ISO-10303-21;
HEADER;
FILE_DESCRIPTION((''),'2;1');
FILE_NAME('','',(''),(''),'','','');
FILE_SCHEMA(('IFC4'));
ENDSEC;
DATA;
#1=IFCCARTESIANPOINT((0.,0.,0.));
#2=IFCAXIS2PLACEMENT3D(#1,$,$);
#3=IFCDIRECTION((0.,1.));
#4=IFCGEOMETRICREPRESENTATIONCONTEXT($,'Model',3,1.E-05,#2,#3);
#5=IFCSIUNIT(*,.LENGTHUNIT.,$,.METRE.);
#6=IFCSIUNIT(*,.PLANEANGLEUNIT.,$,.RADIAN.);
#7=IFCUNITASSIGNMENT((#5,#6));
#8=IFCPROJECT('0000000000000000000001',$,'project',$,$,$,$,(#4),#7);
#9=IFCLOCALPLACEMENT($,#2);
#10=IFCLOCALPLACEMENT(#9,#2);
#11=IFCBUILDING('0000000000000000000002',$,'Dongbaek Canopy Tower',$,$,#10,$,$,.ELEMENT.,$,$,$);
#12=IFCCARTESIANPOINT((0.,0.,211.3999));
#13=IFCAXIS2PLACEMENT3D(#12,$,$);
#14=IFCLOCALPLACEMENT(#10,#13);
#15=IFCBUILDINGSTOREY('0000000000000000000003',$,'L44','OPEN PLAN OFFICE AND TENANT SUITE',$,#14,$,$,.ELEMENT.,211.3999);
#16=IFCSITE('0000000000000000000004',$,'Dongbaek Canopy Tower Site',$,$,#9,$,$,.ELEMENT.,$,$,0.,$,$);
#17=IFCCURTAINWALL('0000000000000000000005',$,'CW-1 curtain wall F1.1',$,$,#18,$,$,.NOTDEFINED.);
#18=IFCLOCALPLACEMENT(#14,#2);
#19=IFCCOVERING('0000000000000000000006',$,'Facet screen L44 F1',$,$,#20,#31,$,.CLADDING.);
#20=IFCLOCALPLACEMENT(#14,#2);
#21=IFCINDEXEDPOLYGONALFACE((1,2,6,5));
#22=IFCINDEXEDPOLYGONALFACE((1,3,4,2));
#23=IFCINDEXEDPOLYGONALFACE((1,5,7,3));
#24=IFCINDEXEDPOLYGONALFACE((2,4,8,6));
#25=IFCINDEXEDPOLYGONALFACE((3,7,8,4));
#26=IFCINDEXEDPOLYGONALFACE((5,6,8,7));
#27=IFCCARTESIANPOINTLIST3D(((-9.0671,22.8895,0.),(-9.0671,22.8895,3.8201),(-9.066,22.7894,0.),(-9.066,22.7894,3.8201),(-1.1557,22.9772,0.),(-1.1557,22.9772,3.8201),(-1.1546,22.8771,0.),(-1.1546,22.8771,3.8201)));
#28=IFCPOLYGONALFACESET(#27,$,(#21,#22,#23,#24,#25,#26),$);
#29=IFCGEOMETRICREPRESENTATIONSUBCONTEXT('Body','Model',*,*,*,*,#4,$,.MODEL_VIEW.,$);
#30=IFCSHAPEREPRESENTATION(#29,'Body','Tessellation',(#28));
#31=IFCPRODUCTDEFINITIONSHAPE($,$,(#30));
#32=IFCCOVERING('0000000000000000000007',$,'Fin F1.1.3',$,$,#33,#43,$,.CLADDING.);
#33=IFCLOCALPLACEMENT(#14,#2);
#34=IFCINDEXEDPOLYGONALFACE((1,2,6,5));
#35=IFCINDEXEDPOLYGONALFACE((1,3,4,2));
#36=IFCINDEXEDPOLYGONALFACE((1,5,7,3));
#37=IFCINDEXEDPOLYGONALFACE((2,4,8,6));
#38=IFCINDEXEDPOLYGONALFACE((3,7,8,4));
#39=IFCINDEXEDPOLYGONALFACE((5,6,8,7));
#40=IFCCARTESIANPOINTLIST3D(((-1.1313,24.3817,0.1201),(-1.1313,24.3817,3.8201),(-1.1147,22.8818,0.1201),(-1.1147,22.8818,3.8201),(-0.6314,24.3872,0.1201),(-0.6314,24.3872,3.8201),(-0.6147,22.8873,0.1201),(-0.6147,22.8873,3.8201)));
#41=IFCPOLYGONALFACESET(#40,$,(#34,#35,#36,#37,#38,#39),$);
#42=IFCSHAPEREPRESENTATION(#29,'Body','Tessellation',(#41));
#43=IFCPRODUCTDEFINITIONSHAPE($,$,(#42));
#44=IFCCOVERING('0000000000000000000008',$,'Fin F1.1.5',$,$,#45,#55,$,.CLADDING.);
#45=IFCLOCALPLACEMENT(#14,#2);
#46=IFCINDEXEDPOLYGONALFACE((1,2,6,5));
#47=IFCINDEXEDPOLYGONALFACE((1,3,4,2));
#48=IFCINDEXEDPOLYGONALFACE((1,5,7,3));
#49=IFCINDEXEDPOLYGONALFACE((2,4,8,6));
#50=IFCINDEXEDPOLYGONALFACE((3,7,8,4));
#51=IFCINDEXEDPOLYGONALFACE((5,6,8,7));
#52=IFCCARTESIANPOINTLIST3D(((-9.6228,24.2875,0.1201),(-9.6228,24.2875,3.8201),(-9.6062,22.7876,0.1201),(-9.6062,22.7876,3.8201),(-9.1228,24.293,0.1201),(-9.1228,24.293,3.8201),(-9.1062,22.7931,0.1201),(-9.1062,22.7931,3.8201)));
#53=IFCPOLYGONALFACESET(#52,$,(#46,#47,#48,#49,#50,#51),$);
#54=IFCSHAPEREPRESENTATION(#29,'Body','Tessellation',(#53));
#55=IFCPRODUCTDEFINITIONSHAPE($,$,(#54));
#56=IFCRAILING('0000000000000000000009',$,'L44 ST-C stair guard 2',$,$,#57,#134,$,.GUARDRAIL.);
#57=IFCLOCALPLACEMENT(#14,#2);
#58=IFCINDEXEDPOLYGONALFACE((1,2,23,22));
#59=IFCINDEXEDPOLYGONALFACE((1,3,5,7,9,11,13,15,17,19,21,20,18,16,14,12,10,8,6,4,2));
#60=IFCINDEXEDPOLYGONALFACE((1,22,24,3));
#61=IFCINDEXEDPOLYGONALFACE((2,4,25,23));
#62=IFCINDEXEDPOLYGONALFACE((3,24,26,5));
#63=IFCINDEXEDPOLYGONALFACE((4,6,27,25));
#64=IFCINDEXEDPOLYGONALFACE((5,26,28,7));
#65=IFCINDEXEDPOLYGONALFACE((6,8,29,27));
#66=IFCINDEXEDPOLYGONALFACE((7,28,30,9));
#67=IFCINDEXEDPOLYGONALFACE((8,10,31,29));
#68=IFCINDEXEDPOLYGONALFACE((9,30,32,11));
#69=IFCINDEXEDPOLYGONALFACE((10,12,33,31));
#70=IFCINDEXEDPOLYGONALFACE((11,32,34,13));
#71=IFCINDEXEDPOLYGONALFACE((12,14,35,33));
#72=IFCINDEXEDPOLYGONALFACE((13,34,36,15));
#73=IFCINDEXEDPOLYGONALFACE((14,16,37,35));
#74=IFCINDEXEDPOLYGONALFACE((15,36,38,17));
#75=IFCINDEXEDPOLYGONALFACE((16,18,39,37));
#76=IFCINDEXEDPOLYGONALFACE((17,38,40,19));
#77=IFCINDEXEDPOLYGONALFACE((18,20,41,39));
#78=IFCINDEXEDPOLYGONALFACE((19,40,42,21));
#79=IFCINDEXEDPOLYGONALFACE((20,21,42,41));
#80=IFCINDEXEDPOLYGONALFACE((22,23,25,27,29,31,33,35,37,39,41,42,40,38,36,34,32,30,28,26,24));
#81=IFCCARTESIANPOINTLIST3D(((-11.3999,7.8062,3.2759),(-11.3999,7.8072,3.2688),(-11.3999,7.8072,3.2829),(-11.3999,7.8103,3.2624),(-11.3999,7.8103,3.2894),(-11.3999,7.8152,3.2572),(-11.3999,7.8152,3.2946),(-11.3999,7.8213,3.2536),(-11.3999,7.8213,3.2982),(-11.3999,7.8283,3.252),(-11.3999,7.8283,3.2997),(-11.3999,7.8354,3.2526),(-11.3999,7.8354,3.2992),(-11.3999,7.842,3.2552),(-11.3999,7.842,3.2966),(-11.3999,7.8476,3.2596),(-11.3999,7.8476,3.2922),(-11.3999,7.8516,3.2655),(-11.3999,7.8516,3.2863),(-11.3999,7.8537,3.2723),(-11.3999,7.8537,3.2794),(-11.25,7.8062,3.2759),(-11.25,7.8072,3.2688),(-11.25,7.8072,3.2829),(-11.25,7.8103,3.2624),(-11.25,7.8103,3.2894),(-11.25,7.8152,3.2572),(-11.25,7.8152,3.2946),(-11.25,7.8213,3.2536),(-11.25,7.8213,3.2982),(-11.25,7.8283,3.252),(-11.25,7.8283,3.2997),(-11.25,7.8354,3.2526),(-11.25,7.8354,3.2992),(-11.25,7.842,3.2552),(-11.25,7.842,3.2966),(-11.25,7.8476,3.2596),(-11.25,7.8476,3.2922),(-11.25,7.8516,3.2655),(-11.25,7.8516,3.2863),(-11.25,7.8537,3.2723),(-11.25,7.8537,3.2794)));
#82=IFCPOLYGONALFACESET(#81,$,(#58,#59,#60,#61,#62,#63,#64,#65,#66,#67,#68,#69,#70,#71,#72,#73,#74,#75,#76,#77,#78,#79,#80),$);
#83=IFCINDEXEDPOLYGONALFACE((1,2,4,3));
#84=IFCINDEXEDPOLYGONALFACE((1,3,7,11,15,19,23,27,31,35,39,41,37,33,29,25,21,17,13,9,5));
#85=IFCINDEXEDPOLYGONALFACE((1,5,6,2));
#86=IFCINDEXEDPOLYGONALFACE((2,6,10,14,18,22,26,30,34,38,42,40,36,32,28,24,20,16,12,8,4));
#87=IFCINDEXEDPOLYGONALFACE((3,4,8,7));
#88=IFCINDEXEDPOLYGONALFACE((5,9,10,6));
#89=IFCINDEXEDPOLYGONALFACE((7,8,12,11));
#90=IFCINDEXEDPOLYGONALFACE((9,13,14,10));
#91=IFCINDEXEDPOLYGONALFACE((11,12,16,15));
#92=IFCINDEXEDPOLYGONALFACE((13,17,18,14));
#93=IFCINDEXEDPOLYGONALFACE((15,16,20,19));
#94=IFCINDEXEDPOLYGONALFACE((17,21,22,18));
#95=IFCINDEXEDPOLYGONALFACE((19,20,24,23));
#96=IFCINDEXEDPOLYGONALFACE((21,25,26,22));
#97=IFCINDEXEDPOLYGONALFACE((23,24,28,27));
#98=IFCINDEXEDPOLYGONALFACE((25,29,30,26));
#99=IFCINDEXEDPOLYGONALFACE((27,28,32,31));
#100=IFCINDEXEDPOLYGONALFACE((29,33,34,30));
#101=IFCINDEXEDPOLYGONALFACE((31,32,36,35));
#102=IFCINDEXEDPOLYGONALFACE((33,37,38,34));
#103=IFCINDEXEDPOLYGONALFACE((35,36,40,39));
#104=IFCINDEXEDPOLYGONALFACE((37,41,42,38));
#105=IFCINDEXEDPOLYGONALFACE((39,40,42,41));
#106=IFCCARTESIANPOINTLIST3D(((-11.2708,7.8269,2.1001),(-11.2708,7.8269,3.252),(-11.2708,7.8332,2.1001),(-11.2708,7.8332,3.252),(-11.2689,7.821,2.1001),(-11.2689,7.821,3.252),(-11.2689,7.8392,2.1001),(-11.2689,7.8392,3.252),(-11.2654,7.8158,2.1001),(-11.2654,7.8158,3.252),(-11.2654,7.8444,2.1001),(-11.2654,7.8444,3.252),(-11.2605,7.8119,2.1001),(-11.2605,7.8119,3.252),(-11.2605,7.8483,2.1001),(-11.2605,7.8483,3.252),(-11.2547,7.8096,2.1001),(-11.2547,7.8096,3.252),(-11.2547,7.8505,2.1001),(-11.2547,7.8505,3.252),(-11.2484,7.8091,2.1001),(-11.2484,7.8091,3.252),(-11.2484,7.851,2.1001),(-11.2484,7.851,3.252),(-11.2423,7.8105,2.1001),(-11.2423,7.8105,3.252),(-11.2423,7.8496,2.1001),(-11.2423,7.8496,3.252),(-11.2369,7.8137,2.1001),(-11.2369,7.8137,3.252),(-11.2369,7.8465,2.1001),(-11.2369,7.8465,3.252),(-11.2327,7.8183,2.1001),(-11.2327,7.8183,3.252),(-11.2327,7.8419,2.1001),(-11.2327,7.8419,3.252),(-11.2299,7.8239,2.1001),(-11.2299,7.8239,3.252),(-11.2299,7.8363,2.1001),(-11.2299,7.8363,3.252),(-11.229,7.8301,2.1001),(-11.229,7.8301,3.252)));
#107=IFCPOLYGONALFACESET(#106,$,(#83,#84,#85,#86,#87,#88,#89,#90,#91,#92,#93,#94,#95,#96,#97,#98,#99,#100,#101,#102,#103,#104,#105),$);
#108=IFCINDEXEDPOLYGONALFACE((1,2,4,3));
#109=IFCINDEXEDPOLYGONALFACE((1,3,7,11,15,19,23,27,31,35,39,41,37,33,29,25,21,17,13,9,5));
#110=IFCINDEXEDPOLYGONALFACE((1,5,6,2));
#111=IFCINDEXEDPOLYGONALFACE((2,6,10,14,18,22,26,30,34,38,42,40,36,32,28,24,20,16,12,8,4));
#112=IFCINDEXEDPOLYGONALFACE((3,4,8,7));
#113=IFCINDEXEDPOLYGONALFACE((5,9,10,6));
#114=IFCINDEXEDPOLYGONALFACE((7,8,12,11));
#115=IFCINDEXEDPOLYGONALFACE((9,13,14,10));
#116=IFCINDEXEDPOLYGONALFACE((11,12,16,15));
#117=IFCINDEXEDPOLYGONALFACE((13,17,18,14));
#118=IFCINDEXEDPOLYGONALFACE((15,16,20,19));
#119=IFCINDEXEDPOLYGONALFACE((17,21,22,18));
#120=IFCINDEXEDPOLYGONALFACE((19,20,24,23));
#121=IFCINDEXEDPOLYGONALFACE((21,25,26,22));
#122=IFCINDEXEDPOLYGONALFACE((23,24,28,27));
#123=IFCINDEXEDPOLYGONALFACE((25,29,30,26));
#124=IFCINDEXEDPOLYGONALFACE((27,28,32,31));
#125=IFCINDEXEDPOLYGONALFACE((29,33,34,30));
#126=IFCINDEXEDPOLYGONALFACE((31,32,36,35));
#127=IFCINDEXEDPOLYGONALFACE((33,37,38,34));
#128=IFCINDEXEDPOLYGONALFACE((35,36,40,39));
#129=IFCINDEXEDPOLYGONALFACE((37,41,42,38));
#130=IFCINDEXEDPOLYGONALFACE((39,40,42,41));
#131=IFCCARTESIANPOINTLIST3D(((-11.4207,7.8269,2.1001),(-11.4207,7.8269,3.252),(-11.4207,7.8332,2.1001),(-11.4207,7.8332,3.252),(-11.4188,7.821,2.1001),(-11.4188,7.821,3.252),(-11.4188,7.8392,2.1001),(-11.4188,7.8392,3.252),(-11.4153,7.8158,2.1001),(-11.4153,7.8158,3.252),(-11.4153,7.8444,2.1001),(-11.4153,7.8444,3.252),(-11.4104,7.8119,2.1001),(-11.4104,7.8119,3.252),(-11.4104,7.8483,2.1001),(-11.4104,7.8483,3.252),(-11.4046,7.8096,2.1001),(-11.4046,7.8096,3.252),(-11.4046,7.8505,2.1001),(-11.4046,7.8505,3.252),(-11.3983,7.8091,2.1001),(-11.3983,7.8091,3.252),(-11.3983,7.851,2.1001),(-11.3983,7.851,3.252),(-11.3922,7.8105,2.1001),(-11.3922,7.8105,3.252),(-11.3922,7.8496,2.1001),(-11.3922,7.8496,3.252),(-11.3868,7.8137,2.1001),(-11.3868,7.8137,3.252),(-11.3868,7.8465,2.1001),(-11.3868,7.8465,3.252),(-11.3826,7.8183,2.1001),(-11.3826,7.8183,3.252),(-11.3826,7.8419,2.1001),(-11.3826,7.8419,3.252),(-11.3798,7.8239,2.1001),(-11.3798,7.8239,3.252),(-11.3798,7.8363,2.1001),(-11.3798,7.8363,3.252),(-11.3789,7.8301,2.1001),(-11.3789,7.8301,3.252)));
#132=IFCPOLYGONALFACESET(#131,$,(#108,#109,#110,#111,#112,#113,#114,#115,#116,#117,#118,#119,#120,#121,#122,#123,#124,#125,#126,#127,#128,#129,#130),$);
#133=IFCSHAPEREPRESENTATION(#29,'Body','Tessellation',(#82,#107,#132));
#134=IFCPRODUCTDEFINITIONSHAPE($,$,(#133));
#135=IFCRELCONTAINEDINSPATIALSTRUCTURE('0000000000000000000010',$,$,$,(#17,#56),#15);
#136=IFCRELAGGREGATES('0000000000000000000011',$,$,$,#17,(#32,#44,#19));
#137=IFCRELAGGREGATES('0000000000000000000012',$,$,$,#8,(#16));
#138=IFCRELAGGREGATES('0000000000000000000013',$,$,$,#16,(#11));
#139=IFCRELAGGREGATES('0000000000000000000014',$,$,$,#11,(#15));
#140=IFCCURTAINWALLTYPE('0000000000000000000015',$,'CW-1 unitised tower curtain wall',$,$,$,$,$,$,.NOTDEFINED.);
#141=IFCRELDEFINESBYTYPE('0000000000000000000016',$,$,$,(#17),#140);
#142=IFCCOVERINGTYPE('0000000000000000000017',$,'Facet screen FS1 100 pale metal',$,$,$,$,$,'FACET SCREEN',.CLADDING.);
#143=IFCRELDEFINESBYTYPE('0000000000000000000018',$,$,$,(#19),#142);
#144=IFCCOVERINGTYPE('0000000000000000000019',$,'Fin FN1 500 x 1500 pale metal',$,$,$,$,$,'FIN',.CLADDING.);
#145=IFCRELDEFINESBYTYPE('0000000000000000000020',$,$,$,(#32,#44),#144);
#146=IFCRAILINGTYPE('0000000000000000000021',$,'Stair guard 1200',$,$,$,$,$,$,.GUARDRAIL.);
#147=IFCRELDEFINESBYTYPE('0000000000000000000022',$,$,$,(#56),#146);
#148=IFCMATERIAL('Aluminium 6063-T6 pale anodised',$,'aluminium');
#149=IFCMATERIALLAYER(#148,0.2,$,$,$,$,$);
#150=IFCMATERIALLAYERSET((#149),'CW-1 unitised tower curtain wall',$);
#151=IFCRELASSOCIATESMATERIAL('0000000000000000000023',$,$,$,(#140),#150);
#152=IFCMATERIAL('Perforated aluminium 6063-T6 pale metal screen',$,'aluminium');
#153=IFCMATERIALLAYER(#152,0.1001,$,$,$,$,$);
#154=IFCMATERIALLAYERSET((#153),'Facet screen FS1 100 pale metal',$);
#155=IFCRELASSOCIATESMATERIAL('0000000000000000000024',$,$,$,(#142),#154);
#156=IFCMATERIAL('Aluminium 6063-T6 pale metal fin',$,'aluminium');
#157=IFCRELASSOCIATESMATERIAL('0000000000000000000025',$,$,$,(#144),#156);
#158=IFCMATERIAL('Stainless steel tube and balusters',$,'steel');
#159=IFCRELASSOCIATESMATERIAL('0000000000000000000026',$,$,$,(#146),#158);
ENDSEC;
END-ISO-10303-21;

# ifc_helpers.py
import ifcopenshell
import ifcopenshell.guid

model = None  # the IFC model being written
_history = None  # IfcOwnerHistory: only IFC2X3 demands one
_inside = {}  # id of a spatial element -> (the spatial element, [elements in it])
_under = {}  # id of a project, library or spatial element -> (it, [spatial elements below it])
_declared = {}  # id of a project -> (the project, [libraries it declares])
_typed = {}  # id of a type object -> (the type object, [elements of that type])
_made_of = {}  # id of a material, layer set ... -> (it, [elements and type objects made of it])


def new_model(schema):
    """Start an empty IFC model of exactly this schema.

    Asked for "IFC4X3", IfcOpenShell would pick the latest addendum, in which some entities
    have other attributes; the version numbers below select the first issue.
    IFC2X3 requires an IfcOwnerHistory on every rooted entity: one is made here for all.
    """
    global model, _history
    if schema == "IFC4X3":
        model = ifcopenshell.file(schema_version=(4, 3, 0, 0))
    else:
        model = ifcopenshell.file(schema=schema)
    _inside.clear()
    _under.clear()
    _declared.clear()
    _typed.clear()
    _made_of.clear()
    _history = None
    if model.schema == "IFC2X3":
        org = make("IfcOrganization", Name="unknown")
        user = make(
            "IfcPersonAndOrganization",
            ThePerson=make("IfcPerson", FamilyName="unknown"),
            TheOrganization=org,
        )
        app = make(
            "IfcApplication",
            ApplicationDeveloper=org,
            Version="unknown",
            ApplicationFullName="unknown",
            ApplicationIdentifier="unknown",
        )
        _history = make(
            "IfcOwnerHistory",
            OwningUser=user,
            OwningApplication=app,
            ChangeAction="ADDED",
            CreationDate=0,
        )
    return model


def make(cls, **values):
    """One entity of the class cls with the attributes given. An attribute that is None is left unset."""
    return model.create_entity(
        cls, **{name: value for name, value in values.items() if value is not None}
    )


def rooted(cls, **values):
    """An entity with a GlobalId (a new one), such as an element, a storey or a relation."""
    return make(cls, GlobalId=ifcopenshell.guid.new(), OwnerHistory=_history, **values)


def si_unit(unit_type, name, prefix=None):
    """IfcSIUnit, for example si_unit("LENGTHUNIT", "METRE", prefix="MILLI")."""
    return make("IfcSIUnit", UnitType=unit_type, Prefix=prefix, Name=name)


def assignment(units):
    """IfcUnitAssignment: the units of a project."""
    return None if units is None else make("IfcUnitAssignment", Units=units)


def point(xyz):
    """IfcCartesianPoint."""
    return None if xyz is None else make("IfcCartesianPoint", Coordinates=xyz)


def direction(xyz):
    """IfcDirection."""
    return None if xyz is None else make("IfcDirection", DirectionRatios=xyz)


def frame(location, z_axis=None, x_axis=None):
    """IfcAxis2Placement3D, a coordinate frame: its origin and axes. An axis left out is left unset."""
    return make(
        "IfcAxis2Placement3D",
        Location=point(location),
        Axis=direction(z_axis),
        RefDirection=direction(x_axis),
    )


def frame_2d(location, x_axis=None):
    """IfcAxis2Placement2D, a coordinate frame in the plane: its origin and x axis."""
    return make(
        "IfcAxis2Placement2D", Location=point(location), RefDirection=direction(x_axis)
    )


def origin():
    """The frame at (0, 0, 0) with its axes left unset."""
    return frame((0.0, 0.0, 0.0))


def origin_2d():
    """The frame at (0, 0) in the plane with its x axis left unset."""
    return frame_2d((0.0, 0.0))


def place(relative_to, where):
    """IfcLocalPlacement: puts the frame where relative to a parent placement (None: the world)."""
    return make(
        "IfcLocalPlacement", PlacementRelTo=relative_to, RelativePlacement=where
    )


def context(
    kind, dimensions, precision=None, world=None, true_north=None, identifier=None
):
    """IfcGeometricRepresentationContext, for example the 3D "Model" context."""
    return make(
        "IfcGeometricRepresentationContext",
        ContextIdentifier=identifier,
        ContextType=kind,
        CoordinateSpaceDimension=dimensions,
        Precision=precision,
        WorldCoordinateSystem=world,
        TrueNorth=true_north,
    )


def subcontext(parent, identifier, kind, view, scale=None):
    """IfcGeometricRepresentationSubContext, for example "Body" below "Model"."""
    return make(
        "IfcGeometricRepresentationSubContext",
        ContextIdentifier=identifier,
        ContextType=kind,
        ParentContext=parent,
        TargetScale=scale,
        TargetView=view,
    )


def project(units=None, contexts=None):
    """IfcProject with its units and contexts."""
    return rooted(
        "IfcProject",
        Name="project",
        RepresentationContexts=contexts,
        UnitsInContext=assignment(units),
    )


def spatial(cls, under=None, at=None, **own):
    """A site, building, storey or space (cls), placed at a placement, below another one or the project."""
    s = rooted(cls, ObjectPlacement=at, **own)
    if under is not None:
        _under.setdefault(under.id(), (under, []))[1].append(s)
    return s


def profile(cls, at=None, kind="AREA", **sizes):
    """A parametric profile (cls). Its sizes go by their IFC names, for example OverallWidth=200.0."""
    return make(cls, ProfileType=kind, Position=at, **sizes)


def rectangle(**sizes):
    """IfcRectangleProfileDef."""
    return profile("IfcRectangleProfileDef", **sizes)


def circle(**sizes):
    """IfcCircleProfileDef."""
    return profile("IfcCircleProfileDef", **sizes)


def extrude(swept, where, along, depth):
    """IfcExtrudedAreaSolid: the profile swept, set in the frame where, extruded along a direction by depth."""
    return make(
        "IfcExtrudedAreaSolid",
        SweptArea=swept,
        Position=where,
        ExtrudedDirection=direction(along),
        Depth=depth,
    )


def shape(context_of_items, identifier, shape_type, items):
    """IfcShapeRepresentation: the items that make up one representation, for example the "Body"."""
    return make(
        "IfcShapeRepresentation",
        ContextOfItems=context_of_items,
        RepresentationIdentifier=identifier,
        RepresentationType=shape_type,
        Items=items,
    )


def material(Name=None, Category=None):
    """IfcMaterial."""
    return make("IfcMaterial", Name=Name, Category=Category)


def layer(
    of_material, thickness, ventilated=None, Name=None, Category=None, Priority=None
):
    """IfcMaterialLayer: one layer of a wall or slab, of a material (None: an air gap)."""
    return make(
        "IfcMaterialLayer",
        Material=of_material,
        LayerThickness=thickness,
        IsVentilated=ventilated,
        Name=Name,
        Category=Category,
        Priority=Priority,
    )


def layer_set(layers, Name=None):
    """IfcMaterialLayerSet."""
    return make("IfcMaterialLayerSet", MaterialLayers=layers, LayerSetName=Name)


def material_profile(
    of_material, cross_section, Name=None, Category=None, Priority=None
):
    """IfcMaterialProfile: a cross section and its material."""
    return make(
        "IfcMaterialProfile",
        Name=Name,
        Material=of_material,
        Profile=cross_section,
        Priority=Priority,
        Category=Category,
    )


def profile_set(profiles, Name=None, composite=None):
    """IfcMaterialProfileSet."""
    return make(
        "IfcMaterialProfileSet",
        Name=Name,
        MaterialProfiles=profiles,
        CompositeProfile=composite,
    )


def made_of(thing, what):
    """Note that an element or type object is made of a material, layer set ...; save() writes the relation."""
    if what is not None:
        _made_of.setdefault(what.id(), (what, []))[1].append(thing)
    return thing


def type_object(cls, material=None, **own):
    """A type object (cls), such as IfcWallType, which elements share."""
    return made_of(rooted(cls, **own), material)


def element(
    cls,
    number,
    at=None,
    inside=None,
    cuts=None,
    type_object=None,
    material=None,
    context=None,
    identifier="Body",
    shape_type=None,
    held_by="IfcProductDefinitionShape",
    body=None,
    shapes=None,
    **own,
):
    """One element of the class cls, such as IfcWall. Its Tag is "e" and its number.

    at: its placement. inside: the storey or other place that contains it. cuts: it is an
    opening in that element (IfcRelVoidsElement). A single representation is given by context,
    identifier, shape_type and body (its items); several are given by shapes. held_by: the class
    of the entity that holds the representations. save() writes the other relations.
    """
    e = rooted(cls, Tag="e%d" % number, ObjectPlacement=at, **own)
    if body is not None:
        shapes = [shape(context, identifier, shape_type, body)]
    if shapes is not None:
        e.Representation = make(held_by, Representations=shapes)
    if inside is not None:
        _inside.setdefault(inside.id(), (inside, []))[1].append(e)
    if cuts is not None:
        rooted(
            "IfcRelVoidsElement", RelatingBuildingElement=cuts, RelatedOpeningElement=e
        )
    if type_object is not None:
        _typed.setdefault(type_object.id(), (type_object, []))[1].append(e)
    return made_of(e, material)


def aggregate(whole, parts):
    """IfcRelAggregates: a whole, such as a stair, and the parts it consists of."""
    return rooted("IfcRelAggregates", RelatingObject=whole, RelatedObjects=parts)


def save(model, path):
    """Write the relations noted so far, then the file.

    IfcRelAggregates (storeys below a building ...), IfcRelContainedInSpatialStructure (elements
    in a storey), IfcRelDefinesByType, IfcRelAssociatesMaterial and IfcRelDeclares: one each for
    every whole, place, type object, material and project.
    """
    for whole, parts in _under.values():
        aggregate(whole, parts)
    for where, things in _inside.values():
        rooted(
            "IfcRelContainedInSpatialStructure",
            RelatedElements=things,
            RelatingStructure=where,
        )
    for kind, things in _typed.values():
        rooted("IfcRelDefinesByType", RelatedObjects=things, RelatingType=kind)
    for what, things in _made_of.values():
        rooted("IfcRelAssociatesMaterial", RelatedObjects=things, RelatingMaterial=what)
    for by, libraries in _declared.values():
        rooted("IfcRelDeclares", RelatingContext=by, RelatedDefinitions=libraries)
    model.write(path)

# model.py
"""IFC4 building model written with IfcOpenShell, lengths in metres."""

from ifc_helpers import new_model, si_unit, direction, frame, origin, origin_2d, place, context, subcontext, project, spatial, rectangle, circle, extrude, material, layer, layer_set, material_profile, profile_set, type_object, element, aggregate, save


model = new_model("IFC4")

# Units and contexts
model_context = context("Model", 3, precision=1e-05, world=origin(), true_north=direction((0.0, 1.0)))
body_context = subcontext(model_context, "Body", "Model", "MODEL_VIEW")
ifc_project = project(units=[si_unit("LENGTHUNIT", "METRE"), si_unit("PLANEANGLEUNIT", "RADIAN")], contexts=[model_context])

# Site, building, storey
site_placement = place(None, origin())
site = spatial("IfcSite", under=ifc_project, at=site_placement, Name="Dongbaek Canopy Tower Site", CompositionType="ELEMENT", RefElevation=0.0)
building_placement = place(site_placement, origin())
building = spatial("IfcBuilding", under=site, at=building_placement, Name="Dongbaek Canopy Tower", CompositionType="ELEMENT")
storey_placement = place(building_placement, frame((0.0, 0.0, 211.3999)))
storey = spatial("IfcBuildingStorey", under=building, at=storey_placement, Name="L44", Description="OPEN PLAN OFFICE AND TENANT SUITE", CompositionType="ELEMENT", Elevation=211.3999)

# Curtain wall
ifc_material_1 = material(Name="Aluminium 6063-T6 pale anodised", Category="aluminium")
ifc_layer_1 = layer(ifc_material_1, 0.2)
ifc_layer_set_1 = layer_set([ifc_layer_1], Name="CW-1 unitised tower curtain wall")
curtain_wall_type = type_object("IfcCurtainWallType", Name="CW-1 unitised tower curtain wall", PredefinedType="NOTDEFINED", material=ifc_layer_set_1)
curtain_wall_1_placement = place(storey_placement, origin())
curtain_wall_1 = element("IfcCurtainWall", 1, at=curtain_wall_1_placement, inside=storey, type_object=curtain_wall_type, Name="CW-1 curtain wall F1.1", PredefinedType="NOTDEFINED")

# Coverings
ifc_material_2 = material(Name="Perforated aluminium 6063-T6 pale metal screen", Category="aluminium")
ifc_layer_2 = layer(ifc_material_2, 0.1001)
ifc_layer_set_2 = layer_set([ifc_layer_2], Name="Facet screen FS1 100 pale metal")
covering_type_1 = type_object("IfcCoveringType", Name="Facet screen FS1 100 pale metal", ElementType="FACET SCREEN", PredefinedType="CLADDING", material=ifc_layer_set_2)
covering_1_placement = place(storey_placement, frame((-5.1108, 22.8833, 0.0), z_axis=(0.0, 0.0, 1.0), x_axis=(-0.999939, -0.011084, 0.0)))
covering_1 = element("IfcCovering", 2, at=covering_1_placement, type_object=covering_type_1, Name="Facet screen L44 F1", PredefinedType="CLADDING", context=body_context, shape_type="SweptSolid", body=[
    extrude(rectangle(XDim=7.9119, YDim=0.1001, at=origin_2d()), origin(), (0.0, 0.0, 1.0), 3.8201),
])
ifc_material_3 = material(Name="Aluminium 6063-T6 pale metal fin", Category="aluminium")
ifc_material_profile_1 = material_profile(ifc_material_3, rectangle(XDim=1.5, YDim=0.5, at=origin_2d()), Name="Fin FN1 500 x 1500 pale metal")
ifc_profile_set_1 = profile_set([ifc_material_profile_1], Name="Aluminium 6063-T6 pale metal fin")
covering_type_2 = type_object("IfcCoveringType", Name="Fin FN1 500 x 1500 pale metal", ElementType="FIN", PredefinedType="CLADDING", material=ifc_profile_set_1)
covering_2_placement = place(storey_placement, frame((-0.873, 23.6345, 0.1201), z_axis=(0.0, 0.0, 1.0), x_axis=(-0.011085, 0.999939, 0.0)))
covering_2 = element("IfcCovering", 3, at=covering_2_placement, type_object=covering_type_2, Name="Fin F1.1.3", PredefinedType="CLADDING", context=body_context, shape_type="SweptSolid", body=[
    extrude(rectangle(XDim=1.5, YDim=0.5, at=origin_2d()), origin(), (0.0, 0.0, 1.0), 3.7),
])
covering_3_placement = place(storey_placement, frame((-9.3645, 23.5403, 0.1201), z_axis=(0.0, 0.0, 1.0), x_axis=(-0.011085, 0.999939, 0.0)))
covering_3 = element("IfcCovering", 4, at=covering_3_placement, type_object=covering_type_2, Name="Fin F1.1.5", PredefinedType="CLADDING", context=body_context, shape_type="SweptSolid", body=[
    extrude(rectangle(XDim=1.5, YDim=0.5, at=origin_2d()), origin(), (0.0, 0.0, 1.0), 3.7),
])
aggregate(curtain_wall_1, [covering_2, covering_3, covering_1])

# Railing
ifc_material_4 = material(Name="Stainless steel tube and balusters", Category="steel")
railing_type = type_object("IfcRailingType", Name="Stair guard 1200", PredefinedType="GUARDRAIL", material=ifc_material_4)
railing_1_placement = place(storey_placement, frame((-11.25, 7.8301, 2.1001)))
element("IfcRailing", 5, at=railing_1_placement, inside=storey, type_object=railing_type, Name="L44 ST-C stair guard 2", PredefinedType="GUARDRAIL", context=body_context, shape_type="SweptSolid", body=[
    extrude(circle(Radius=0.0239, at=origin_2d()), frame((0.0, 0.0, 1.1758), z_axis=(-1.0, 0.0, 0.0), x_axis=(0.0, -1.0, 0.0)), (0.0, 0.0, 1.0), 0.1499),
    extrude(circle(Radius=0.021, at=origin_2d()), origin(), (0.0, 0.0, 1.0), 1.1519),
    extrude(circle(Radius=0.021, at=origin_2d()), frame((-0.1499, 0.0, 0.0)), (0.0, 0.0, 1.0), 1.1519),
])

save(model, "model.ifc")
